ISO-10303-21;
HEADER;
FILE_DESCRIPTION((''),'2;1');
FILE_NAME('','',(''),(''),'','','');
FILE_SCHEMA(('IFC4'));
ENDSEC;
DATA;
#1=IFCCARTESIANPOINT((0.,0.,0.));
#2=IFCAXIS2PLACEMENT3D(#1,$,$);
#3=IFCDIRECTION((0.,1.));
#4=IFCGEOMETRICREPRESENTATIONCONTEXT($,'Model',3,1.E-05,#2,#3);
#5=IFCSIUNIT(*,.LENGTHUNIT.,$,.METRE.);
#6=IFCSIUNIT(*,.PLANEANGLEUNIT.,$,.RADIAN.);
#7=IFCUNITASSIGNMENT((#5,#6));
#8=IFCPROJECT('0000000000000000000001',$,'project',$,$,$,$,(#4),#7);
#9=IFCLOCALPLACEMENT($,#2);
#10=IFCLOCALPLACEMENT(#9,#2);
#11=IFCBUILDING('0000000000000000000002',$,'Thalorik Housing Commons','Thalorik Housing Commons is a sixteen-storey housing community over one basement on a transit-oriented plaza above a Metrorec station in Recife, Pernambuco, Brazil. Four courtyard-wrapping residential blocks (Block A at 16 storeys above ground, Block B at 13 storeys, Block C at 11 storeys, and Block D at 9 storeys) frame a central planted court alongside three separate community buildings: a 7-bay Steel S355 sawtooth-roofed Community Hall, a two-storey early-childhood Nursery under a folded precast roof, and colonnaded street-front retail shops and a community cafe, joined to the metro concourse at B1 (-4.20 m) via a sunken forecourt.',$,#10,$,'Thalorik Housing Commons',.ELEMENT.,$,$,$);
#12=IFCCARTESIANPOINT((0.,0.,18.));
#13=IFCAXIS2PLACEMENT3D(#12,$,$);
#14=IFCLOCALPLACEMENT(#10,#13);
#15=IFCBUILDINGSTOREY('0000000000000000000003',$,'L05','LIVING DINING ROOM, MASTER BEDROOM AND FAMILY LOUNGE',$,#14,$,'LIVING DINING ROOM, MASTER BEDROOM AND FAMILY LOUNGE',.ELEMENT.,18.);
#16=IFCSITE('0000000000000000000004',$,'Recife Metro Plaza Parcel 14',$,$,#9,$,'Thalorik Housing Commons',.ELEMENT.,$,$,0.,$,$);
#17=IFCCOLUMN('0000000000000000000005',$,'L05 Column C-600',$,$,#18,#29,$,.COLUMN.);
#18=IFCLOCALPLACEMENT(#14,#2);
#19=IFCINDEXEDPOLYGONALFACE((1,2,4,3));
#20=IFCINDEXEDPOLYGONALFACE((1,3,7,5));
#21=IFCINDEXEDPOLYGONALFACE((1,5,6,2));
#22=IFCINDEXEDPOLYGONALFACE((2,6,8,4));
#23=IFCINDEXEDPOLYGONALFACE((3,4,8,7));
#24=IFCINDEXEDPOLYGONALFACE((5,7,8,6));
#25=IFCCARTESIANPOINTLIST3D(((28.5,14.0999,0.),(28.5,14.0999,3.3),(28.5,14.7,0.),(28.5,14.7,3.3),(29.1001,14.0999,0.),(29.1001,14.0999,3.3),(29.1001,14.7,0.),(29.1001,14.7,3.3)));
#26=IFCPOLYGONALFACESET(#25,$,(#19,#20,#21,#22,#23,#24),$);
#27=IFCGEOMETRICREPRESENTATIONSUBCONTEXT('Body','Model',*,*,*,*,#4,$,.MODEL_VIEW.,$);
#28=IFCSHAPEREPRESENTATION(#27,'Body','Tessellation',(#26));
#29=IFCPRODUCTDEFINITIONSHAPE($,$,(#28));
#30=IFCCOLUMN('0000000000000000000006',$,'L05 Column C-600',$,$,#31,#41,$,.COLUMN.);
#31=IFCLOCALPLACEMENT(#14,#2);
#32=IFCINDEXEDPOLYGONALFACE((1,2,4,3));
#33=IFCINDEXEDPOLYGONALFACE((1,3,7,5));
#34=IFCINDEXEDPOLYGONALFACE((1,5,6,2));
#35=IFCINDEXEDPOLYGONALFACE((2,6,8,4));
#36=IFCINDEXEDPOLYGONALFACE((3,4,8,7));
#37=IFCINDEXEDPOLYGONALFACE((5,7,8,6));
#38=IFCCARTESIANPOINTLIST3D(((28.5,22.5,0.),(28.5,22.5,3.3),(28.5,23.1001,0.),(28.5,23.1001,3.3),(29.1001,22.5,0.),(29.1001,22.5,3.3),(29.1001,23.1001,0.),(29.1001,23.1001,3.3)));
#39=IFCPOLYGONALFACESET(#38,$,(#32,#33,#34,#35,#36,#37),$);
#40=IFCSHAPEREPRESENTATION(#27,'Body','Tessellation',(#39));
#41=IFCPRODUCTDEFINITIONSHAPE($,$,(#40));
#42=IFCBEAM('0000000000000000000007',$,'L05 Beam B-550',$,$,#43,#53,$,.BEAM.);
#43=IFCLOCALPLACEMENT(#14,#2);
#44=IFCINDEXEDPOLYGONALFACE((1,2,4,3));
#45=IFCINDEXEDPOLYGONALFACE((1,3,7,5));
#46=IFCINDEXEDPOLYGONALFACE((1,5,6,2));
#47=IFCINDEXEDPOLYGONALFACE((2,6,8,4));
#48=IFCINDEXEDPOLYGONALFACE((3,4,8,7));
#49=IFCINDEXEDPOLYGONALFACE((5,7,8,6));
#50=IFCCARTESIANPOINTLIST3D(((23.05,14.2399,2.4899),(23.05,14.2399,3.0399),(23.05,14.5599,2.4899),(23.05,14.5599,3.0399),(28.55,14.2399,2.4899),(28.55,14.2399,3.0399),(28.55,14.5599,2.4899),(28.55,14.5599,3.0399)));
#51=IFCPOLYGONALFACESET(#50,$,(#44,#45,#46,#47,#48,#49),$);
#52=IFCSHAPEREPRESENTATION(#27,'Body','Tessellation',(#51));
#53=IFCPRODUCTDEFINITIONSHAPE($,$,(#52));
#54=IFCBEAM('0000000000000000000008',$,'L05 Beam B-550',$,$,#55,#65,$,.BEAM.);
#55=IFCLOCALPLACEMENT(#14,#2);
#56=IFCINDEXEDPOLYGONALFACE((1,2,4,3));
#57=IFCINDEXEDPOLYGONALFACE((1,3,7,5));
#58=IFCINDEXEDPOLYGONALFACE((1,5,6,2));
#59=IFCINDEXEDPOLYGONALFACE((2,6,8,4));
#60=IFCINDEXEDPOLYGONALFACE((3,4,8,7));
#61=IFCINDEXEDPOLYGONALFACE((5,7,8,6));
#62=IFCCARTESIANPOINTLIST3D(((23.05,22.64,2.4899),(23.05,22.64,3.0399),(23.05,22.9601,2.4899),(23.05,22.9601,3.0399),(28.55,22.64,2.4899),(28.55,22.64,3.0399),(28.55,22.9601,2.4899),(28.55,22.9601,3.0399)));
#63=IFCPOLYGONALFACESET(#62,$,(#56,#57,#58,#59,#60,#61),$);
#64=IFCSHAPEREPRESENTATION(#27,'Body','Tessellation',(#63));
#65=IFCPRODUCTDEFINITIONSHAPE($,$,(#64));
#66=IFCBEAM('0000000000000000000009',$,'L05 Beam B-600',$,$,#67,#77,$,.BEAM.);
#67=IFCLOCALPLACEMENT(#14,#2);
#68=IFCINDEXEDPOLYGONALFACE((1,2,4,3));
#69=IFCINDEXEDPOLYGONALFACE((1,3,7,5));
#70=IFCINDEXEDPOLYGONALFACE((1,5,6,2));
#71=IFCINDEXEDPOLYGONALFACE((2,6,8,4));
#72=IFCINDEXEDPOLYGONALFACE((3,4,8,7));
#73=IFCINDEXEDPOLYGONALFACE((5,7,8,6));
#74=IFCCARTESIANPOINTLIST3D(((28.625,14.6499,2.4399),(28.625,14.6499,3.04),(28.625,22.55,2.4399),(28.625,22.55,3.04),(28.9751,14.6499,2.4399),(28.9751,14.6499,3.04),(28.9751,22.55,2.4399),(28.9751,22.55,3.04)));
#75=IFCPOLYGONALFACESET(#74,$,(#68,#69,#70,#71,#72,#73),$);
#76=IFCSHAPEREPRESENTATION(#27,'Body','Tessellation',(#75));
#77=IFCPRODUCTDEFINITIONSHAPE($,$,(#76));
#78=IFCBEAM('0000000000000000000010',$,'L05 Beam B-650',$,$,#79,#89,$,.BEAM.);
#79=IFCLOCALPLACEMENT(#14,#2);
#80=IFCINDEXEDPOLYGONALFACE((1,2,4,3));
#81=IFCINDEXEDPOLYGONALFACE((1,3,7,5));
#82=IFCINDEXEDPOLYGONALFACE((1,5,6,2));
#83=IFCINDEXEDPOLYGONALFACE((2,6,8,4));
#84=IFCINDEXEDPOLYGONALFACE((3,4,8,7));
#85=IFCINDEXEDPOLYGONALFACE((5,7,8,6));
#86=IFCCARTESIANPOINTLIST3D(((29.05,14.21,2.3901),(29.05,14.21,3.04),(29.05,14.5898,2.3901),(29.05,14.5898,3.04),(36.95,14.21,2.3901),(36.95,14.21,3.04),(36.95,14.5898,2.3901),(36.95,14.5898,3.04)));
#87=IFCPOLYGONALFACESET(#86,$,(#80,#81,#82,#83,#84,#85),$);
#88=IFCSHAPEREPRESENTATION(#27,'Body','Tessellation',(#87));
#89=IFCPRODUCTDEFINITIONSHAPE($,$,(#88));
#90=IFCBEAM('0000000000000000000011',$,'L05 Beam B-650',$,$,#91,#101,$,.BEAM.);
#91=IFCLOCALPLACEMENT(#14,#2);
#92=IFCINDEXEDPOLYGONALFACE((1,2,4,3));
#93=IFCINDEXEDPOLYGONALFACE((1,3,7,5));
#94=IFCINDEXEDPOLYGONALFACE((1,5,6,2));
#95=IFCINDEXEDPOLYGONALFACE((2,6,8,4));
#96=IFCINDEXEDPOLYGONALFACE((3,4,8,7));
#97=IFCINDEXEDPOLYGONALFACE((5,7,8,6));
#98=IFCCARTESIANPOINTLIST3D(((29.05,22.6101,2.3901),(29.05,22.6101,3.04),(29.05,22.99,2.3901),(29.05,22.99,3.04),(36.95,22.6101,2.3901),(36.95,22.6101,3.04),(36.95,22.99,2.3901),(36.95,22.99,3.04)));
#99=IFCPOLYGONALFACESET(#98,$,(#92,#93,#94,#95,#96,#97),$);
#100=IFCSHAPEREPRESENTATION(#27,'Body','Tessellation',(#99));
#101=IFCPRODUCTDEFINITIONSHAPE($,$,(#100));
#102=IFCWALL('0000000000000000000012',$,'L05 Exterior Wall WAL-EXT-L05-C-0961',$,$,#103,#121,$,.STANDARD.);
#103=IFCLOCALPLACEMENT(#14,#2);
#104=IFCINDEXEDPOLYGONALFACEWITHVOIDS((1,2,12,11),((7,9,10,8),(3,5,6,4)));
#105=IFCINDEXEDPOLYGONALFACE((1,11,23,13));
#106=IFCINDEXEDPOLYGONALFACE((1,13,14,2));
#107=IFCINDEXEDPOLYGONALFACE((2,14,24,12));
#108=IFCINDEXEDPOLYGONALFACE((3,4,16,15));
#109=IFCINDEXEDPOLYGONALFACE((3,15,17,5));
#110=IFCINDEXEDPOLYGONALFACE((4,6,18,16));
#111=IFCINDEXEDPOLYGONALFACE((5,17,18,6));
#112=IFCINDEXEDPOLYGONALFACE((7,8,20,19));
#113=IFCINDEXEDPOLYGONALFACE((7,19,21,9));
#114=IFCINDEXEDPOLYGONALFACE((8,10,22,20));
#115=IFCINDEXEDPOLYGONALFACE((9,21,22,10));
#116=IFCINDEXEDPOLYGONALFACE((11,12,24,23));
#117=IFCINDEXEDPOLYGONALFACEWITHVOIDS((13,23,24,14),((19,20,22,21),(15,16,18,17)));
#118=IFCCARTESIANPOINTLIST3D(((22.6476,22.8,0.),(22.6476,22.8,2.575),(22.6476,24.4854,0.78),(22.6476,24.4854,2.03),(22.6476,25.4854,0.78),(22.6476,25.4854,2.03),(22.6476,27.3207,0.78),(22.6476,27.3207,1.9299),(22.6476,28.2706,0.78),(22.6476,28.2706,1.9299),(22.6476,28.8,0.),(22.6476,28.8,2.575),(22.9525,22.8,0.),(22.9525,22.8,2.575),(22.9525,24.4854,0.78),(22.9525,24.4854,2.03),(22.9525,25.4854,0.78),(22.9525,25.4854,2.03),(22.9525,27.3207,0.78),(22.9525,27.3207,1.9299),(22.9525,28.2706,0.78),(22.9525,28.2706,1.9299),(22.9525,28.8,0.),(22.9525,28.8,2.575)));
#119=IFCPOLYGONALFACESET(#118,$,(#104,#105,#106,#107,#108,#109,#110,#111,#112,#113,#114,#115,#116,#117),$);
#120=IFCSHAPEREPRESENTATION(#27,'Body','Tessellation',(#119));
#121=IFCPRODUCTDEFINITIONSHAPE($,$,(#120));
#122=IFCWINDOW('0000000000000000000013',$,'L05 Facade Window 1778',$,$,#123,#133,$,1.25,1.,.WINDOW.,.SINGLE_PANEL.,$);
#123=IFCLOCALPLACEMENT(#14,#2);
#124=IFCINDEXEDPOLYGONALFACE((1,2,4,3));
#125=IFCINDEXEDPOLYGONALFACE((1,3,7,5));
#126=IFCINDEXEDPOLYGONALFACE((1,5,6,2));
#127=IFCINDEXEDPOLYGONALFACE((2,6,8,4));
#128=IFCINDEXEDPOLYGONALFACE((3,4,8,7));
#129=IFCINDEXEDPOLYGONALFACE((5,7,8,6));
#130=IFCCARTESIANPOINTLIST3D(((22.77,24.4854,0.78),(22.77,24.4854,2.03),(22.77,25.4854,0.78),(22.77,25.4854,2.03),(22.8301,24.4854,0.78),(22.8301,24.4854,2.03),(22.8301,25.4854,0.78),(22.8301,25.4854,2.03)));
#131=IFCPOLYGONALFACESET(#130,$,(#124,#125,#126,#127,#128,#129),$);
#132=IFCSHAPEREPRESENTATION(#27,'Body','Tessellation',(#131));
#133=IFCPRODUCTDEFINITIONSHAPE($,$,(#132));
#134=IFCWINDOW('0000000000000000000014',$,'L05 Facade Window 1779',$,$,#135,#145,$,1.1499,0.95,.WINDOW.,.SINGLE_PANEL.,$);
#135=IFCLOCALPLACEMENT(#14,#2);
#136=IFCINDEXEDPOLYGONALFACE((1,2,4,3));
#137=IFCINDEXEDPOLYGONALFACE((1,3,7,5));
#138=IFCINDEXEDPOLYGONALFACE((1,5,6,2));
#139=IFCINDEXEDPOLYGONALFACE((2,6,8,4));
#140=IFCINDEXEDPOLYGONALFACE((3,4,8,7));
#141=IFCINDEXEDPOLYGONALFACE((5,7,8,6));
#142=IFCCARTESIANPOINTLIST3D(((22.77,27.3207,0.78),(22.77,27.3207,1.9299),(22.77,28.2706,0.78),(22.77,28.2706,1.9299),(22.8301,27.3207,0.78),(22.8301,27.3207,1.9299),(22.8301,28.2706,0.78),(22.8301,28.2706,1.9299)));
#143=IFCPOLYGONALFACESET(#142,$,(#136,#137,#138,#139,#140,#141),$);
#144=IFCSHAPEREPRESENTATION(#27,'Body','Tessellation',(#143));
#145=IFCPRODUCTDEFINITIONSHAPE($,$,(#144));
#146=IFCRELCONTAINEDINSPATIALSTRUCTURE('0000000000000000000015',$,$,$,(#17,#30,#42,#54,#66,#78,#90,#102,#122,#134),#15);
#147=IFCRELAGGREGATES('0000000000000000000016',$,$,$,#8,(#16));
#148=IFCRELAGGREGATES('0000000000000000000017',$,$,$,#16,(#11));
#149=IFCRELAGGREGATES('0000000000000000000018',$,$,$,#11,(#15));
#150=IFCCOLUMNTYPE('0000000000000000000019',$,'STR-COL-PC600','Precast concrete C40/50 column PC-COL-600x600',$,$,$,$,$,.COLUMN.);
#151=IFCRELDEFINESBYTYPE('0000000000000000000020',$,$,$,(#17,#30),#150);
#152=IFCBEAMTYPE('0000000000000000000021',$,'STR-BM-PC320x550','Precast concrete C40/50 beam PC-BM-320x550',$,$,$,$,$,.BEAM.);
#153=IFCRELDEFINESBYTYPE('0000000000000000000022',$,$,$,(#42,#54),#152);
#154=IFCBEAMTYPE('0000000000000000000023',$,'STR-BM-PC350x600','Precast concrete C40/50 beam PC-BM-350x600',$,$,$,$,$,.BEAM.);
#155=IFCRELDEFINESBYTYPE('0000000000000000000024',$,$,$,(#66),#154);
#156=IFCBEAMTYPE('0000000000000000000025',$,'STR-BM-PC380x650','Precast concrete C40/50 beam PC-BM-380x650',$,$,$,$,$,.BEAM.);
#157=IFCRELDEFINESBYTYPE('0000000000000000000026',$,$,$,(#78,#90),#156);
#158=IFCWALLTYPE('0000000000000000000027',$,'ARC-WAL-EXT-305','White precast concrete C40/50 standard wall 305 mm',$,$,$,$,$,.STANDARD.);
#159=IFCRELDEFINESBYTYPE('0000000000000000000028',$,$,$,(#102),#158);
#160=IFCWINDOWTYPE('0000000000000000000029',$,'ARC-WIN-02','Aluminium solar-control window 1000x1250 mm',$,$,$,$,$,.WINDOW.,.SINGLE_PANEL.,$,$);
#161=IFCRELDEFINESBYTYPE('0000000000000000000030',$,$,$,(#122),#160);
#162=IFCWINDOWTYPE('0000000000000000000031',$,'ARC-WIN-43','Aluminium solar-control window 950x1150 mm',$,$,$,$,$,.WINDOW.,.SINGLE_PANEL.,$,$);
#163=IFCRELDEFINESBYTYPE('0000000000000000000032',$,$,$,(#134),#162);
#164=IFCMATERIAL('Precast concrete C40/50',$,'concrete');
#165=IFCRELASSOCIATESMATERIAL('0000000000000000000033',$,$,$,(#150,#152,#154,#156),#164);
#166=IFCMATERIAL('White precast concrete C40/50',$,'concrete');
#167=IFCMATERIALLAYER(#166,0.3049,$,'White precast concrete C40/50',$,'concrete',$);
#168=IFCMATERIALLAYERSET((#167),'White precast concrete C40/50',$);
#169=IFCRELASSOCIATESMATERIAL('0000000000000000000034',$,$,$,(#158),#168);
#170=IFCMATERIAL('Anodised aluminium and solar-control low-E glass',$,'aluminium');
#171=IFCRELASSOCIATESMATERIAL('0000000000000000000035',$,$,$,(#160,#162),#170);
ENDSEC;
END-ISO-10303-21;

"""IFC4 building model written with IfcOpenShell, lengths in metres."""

from ifc_helpers import new_model, si_unit, direction, frame, frame_2d, origin, origin_2d, place, context, subcontext, project, spatial, rectangle, extrude, material, layer, layer_set, material_profile, profile_set, type_object, element, fill, save


model = new_model("IFC4")

# Units and contexts
model_context = context("Model", 3, precision=1e-05, world=origin(), true_north=direction((0.0, 1.0)))
body_context = subcontext(model_context, "Body", "Model", "MODEL_VIEW")
ifc_project = project(units=[si_unit("LENGTHUNIT", "METRE"), si_unit("PLANEANGLEUNIT", "RADIAN")], contexts=[model_context])

# Site, building, storey
site_placement = place(None, origin())
site = spatial("IfcSite", under=ifc_project, at=site_placement, Name="Recife Metro Plaza Parcel 14", LongName="Thalorik Housing Commons", CompositionType="ELEMENT", RefElevation=0.0)
building_placement = place(site_placement, origin())
building = spatial("IfcBuilding", under=site, at=building_placement, Name="Thalorik Housing Commons", Description="Thalorik Housing Commons is a sixteen-storey housing community over one basement on a transit-oriented plaza above a Metrorec station in Recife, Pernambuco, Brazil. Four courtyard-wrapping residential blocks (Block A at 16 storeys above ground, Block B at 13 storeys, Block C at 11 storeys, and Block D at 9 storeys) frame a central planted court alongside three separate community buildings: a 7-bay Steel S355 sawtooth-roofed Community Hall, a two-storey early-childhood Nursery under a folded precast roof, and colonnaded street-front retail shops and a community cafe, joined to the metro concourse at B1 (-4.20 m) via a sunken forecourt.", LongName="Thalorik Housing Commons", CompositionType="ELEMENT")
storey_placement = place(building_placement, frame((0.0, 0.0, 18.0)))
storey = spatial("IfcBuildingStorey", under=building, at=storey_placement, Name="L05", Description="LIVING DINING ROOM, MASTER BEDROOM AND FAMILY LOUNGE", LongName="LIVING DINING ROOM, MASTER BEDROOM AND FAMILY LOUNGE", CompositionType="ELEMENT", Elevation=18.0)

# Columns
ifc_material_1 = material(Name="Precast concrete C40/50", Category="concrete")
ifc_material_profile_1 = material_profile(ifc_material_1, rectangle(XDim=0.6001, YDim=0.6001, at=origin_2d()), Name="PC 600x600", Category="concrete")
ifc_profile_set_1 = profile_set([ifc_material_profile_1], Name="Precast concrete C40/50")
column_type = type_object("IfcColumnType", Name="STR-COL-PC600", Description="Precast concrete C40/50 column PC-COL-600x600", PredefinedType="COLUMN", material=ifc_profile_set_1)
for number, where, z_axis, x_axis, name in (
    (1, (28.8, 14.3999, 0.0), (0.0, 0.0, 1.0), (1.0, 0.0, 0.0), "L05 Column C-600"),
    (2, (28.8, 22.8, 0.0), (0.0, 0.0, 1.0), (1.0, 0.0, 0.0), "L05 Column C-600"),
):
    element("IfcColumn", number, at=place(storey_placement, frame(where, z_axis=z_axis, x_axis=x_axis)), inside=storey, type_object=column_type, Name=name, PredefinedType="COLUMN", context=body_context, shape_type="SweptSolid", body=[
        extrude(rectangle(XDim=0.6001, YDim=0.6001, at=origin_2d()), origin(), (0.0, 0.0, 1.0), 3.3),
    ])

# Beams
ifc_material_profile_2 = material_profile(ifc_material_1, rectangle(XDim=0.3201, YDim=0.55, at=origin_2d()), Name="PC 320x550", Category="concrete")
ifc_profile_set_2 = profile_set([ifc_material_profile_2], Name="Precast concrete C40/50")
beam_type_1 = type_object("IfcBeamType", Name="STR-BM-PC320x550", Description="Precast concrete C40/50 beam PC-BM-320x550", PredefinedType="BEAM", material=ifc_profile_set_2)
for number, where, z_axis, x_axis, name in (
    (3, (23.05, 14.3999, 2.7649), (1.0, 0.0, 0.0), (0.0, 1.0, 0.0), "L05 Beam B-550"),
    (4, (23.05, 22.8, 2.7649), (1.0, 0.0, 0.0), (0.0, 1.0, 0.0), "L05 Beam B-550"),
):
    element("IfcBeam", number, at=place(storey_placement, frame(where, z_axis=z_axis, x_axis=x_axis)), inside=storey, type_object=beam_type_1, Name=name, PredefinedType="BEAM", context=body_context, shape_type="SweptSolid", body=[
        extrude(rectangle(XDim=0.3201, YDim=0.55, at=origin_2d()), origin(), (0.0, 0.0, 1.0), 5.5),
    ])
ifc_material_profile_3 = material_profile(ifc_material_1, rectangle(XDim=0.3501, YDim=0.6001, at=origin_2d()), Name="PC 350x600", Category="concrete")
ifc_profile_set_3 = profile_set([ifc_material_profile_3], Name="Precast concrete C40/50")
beam_type_2 = type_object("IfcBeamType", Name="STR-BM-PC350x600", Description="Precast concrete C40/50 beam PC-BM-350x600", PredefinedType="BEAM", material=ifc_profile_set_3)
beam_placement = place(storey_placement, frame((28.8, 14.6499, 2.74), z_axis=(0.0, 1.0, 0.0), x_axis=(-1.0, 0.0, 0.0)))
element("IfcBeam", 5, at=beam_placement, inside=storey, type_object=beam_type_2, Name="L05 Beam B-600", PredefinedType="BEAM", context=body_context, shape_type="SweptSolid", body=[
    extrude(rectangle(XDim=0.3501, YDim=0.6001, at=origin_2d()), origin(), (0.0, 0.0, 1.0), 7.9001),
])
ifc_material_profile_4 = material_profile(ifc_material_1, rectangle(XDim=0.3799, YDim=0.6499, at=origin_2d()), Name="PC 380x650", Category="concrete")
ifc_profile_set_4 = profile_set([ifc_material_profile_4], Name="Precast concrete C40/50")
beam_type_3 = type_object("IfcBeamType", Name="STR-BM-PC380x650", Description="Precast concrete C40/50 beam PC-BM-380x650", PredefinedType="BEAM", material=ifc_profile_set_4)
for number, where, z_axis, x_axis, name in (
    (6, (29.05, 14.3999, 2.7151), (1.0, 0.0, 0.0), (0.0, 1.0, 0.0), "L05 Beam B-650"),
    (7, (29.05, 22.8, 2.7151), (1.0, 0.0, 0.0), (0.0, 1.0, 0.0), "L05 Beam B-650"),
):
    element("IfcBeam", number, at=place(storey_placement, frame(where, z_axis=z_axis, x_axis=x_axis)), inside=storey, type_object=beam_type_3, Name=name, PredefinedType="BEAM", context=body_context, shape_type="SweptSolid", body=[
        extrude(rectangle(XDim=0.3799, YDim=0.6499, at=origin_2d()), origin(), (0.0, 0.0, 1.0), 7.8999),
    ])

# Wall, openings, windows
ifc_material_2 = material(Name="White precast concrete C40/50", Category="concrete")
ifc_layer_1 = layer(ifc_material_2, 0.3049, Name="White precast concrete C40/50", Category="concrete")
ifc_layer_set_1 = layer_set([ifc_layer_1], Name="White precast concrete C40/50")
wall_type_1 = type_object("IfcWallType", Name="ARC-WAL-EXT-305", Description="White precast concrete C40/50 standard wall 305 mm", PredefinedType="STANDARD", material=ifc_layer_set_1)
wall_1_placement = place(storey_placement, frame((22.8, 22.8, 0.0), z_axis=(0.0, 0.0, 1.0), x_axis=(0.0, 1.0, 0.0)))
wall_1 = element("IfcWall", 8, at=wall_1_placement, inside=storey, type_object=wall_type_1, Name="L05 Exterior Wall WAL-EXT-L05-C-0961", PredefinedType="STANDARD", context=body_context, shape_type="SweptSolid", body=[
    extrude(rectangle(XDim=6.0, YDim=0.3049, at=frame_2d((3.0, 0.0))), origin(), (0.0, 0.0, 1.0), 2.575),
])
opening_1_placement = place(wall_1_placement, frame((1.6853, 0.0, 0.78)))
opening_1 = element("IfcOpeningElement", 9, at=opening_1_placement, cuts=wall_1, PredefinedType="OPENING", context=body_context, shape_type="SweptSolid", body=[
    extrude(rectangle(XDim=1.0, YDim=1.25, at=frame_2d((0.5, 0.625))), frame((0.0, 0.1626, 0.0), z_axis=(0.0, -1.0, 0.0), x_axis=(1.0, 0.0, 0.0)), (0.0, 0.0, 1.0), 0.325),
])
opening_2_placement = place(wall_1_placement, frame((4.5205, 0.0, 0.78)))
opening_2 = element("IfcOpeningElement", 10, at=opening_2_placement, cuts=wall_1, PredefinedType="OPENING", context=body_context, shape_type="SweptSolid", body=[
    extrude(rectangle(XDim=0.95, YDim=1.1499, at=frame_2d((0.4751, 0.575))), frame((0.0, 0.1626, 0.0), z_axis=(0.0, -1.0, 0.0), x_axis=(1.0, 0.0, 0.0)), (0.0, 0.0, 1.0), 0.325),
])
ifc_material_3 = material(Name="Anodised aluminium and solar-control low-E glass", Category="aluminium")
window_type_1 = type_object("IfcWindowType", Name="ARC-WIN-02", Description="Aluminium solar-control window 1000x1250 mm", PartitioningType="SINGLE_PANEL", PredefinedType="WINDOW", material=ifc_material_3)
window_1_placement = place(opening_1_placement, origin())
window_1 = element("IfcWindow", 11, at=window_1_placement, inside=storey, type_object=window_type_1, Name="L05 Facade Window 1778", OverallHeight=1.25, OverallWidth=1.0, PartitioningType="SINGLE_PANEL", PredefinedType="WINDOW", context=body_context, shape_type="SweptSolid", body=[
    extrude(rectangle(XDim=1.0, YDim=1.25, at=frame_2d((0.5, 0.625))), frame((0.0, 0.03, 0.0), z_axis=(0.0, -1.0, 0.0), x_axis=(1.0, 0.0, 0.0)), (0.0, 0.0, 1.0), 0.0601),
])
fill(opening_1, window_1)
window_type_2 = type_object("IfcWindowType", Name="ARC-WIN-43", Description="Aluminium solar-control window 950x1150 mm", PartitioningType="SINGLE_PANEL", PredefinedType="WINDOW", material=ifc_material_3)
window_2_placement = place(opening_2_placement, origin())
window_2 = element("IfcWindow", 12, at=window_2_placement, inside=storey, type_object=window_type_2, Name="L05 Facade Window 1779", OverallHeight=1.1499, OverallWidth=0.95, PartitioningType="SINGLE_PANEL", PredefinedType="WINDOW", context=body_context, shape_type="SweptSolid", body=[
    extrude(rectangle(XDim=0.95, YDim=1.1499, at=frame_2d((0.4751, 0.575))), frame((0.0, 0.03, 0.0), z_axis=(0.0, -1.0, 0.0), x_axis=(1.0, 0.0, 0.0)), (0.0, 0.0, 1.0), 0.0601),
])
fill(opening_2, window_2)

save(model, "model.ifc")
